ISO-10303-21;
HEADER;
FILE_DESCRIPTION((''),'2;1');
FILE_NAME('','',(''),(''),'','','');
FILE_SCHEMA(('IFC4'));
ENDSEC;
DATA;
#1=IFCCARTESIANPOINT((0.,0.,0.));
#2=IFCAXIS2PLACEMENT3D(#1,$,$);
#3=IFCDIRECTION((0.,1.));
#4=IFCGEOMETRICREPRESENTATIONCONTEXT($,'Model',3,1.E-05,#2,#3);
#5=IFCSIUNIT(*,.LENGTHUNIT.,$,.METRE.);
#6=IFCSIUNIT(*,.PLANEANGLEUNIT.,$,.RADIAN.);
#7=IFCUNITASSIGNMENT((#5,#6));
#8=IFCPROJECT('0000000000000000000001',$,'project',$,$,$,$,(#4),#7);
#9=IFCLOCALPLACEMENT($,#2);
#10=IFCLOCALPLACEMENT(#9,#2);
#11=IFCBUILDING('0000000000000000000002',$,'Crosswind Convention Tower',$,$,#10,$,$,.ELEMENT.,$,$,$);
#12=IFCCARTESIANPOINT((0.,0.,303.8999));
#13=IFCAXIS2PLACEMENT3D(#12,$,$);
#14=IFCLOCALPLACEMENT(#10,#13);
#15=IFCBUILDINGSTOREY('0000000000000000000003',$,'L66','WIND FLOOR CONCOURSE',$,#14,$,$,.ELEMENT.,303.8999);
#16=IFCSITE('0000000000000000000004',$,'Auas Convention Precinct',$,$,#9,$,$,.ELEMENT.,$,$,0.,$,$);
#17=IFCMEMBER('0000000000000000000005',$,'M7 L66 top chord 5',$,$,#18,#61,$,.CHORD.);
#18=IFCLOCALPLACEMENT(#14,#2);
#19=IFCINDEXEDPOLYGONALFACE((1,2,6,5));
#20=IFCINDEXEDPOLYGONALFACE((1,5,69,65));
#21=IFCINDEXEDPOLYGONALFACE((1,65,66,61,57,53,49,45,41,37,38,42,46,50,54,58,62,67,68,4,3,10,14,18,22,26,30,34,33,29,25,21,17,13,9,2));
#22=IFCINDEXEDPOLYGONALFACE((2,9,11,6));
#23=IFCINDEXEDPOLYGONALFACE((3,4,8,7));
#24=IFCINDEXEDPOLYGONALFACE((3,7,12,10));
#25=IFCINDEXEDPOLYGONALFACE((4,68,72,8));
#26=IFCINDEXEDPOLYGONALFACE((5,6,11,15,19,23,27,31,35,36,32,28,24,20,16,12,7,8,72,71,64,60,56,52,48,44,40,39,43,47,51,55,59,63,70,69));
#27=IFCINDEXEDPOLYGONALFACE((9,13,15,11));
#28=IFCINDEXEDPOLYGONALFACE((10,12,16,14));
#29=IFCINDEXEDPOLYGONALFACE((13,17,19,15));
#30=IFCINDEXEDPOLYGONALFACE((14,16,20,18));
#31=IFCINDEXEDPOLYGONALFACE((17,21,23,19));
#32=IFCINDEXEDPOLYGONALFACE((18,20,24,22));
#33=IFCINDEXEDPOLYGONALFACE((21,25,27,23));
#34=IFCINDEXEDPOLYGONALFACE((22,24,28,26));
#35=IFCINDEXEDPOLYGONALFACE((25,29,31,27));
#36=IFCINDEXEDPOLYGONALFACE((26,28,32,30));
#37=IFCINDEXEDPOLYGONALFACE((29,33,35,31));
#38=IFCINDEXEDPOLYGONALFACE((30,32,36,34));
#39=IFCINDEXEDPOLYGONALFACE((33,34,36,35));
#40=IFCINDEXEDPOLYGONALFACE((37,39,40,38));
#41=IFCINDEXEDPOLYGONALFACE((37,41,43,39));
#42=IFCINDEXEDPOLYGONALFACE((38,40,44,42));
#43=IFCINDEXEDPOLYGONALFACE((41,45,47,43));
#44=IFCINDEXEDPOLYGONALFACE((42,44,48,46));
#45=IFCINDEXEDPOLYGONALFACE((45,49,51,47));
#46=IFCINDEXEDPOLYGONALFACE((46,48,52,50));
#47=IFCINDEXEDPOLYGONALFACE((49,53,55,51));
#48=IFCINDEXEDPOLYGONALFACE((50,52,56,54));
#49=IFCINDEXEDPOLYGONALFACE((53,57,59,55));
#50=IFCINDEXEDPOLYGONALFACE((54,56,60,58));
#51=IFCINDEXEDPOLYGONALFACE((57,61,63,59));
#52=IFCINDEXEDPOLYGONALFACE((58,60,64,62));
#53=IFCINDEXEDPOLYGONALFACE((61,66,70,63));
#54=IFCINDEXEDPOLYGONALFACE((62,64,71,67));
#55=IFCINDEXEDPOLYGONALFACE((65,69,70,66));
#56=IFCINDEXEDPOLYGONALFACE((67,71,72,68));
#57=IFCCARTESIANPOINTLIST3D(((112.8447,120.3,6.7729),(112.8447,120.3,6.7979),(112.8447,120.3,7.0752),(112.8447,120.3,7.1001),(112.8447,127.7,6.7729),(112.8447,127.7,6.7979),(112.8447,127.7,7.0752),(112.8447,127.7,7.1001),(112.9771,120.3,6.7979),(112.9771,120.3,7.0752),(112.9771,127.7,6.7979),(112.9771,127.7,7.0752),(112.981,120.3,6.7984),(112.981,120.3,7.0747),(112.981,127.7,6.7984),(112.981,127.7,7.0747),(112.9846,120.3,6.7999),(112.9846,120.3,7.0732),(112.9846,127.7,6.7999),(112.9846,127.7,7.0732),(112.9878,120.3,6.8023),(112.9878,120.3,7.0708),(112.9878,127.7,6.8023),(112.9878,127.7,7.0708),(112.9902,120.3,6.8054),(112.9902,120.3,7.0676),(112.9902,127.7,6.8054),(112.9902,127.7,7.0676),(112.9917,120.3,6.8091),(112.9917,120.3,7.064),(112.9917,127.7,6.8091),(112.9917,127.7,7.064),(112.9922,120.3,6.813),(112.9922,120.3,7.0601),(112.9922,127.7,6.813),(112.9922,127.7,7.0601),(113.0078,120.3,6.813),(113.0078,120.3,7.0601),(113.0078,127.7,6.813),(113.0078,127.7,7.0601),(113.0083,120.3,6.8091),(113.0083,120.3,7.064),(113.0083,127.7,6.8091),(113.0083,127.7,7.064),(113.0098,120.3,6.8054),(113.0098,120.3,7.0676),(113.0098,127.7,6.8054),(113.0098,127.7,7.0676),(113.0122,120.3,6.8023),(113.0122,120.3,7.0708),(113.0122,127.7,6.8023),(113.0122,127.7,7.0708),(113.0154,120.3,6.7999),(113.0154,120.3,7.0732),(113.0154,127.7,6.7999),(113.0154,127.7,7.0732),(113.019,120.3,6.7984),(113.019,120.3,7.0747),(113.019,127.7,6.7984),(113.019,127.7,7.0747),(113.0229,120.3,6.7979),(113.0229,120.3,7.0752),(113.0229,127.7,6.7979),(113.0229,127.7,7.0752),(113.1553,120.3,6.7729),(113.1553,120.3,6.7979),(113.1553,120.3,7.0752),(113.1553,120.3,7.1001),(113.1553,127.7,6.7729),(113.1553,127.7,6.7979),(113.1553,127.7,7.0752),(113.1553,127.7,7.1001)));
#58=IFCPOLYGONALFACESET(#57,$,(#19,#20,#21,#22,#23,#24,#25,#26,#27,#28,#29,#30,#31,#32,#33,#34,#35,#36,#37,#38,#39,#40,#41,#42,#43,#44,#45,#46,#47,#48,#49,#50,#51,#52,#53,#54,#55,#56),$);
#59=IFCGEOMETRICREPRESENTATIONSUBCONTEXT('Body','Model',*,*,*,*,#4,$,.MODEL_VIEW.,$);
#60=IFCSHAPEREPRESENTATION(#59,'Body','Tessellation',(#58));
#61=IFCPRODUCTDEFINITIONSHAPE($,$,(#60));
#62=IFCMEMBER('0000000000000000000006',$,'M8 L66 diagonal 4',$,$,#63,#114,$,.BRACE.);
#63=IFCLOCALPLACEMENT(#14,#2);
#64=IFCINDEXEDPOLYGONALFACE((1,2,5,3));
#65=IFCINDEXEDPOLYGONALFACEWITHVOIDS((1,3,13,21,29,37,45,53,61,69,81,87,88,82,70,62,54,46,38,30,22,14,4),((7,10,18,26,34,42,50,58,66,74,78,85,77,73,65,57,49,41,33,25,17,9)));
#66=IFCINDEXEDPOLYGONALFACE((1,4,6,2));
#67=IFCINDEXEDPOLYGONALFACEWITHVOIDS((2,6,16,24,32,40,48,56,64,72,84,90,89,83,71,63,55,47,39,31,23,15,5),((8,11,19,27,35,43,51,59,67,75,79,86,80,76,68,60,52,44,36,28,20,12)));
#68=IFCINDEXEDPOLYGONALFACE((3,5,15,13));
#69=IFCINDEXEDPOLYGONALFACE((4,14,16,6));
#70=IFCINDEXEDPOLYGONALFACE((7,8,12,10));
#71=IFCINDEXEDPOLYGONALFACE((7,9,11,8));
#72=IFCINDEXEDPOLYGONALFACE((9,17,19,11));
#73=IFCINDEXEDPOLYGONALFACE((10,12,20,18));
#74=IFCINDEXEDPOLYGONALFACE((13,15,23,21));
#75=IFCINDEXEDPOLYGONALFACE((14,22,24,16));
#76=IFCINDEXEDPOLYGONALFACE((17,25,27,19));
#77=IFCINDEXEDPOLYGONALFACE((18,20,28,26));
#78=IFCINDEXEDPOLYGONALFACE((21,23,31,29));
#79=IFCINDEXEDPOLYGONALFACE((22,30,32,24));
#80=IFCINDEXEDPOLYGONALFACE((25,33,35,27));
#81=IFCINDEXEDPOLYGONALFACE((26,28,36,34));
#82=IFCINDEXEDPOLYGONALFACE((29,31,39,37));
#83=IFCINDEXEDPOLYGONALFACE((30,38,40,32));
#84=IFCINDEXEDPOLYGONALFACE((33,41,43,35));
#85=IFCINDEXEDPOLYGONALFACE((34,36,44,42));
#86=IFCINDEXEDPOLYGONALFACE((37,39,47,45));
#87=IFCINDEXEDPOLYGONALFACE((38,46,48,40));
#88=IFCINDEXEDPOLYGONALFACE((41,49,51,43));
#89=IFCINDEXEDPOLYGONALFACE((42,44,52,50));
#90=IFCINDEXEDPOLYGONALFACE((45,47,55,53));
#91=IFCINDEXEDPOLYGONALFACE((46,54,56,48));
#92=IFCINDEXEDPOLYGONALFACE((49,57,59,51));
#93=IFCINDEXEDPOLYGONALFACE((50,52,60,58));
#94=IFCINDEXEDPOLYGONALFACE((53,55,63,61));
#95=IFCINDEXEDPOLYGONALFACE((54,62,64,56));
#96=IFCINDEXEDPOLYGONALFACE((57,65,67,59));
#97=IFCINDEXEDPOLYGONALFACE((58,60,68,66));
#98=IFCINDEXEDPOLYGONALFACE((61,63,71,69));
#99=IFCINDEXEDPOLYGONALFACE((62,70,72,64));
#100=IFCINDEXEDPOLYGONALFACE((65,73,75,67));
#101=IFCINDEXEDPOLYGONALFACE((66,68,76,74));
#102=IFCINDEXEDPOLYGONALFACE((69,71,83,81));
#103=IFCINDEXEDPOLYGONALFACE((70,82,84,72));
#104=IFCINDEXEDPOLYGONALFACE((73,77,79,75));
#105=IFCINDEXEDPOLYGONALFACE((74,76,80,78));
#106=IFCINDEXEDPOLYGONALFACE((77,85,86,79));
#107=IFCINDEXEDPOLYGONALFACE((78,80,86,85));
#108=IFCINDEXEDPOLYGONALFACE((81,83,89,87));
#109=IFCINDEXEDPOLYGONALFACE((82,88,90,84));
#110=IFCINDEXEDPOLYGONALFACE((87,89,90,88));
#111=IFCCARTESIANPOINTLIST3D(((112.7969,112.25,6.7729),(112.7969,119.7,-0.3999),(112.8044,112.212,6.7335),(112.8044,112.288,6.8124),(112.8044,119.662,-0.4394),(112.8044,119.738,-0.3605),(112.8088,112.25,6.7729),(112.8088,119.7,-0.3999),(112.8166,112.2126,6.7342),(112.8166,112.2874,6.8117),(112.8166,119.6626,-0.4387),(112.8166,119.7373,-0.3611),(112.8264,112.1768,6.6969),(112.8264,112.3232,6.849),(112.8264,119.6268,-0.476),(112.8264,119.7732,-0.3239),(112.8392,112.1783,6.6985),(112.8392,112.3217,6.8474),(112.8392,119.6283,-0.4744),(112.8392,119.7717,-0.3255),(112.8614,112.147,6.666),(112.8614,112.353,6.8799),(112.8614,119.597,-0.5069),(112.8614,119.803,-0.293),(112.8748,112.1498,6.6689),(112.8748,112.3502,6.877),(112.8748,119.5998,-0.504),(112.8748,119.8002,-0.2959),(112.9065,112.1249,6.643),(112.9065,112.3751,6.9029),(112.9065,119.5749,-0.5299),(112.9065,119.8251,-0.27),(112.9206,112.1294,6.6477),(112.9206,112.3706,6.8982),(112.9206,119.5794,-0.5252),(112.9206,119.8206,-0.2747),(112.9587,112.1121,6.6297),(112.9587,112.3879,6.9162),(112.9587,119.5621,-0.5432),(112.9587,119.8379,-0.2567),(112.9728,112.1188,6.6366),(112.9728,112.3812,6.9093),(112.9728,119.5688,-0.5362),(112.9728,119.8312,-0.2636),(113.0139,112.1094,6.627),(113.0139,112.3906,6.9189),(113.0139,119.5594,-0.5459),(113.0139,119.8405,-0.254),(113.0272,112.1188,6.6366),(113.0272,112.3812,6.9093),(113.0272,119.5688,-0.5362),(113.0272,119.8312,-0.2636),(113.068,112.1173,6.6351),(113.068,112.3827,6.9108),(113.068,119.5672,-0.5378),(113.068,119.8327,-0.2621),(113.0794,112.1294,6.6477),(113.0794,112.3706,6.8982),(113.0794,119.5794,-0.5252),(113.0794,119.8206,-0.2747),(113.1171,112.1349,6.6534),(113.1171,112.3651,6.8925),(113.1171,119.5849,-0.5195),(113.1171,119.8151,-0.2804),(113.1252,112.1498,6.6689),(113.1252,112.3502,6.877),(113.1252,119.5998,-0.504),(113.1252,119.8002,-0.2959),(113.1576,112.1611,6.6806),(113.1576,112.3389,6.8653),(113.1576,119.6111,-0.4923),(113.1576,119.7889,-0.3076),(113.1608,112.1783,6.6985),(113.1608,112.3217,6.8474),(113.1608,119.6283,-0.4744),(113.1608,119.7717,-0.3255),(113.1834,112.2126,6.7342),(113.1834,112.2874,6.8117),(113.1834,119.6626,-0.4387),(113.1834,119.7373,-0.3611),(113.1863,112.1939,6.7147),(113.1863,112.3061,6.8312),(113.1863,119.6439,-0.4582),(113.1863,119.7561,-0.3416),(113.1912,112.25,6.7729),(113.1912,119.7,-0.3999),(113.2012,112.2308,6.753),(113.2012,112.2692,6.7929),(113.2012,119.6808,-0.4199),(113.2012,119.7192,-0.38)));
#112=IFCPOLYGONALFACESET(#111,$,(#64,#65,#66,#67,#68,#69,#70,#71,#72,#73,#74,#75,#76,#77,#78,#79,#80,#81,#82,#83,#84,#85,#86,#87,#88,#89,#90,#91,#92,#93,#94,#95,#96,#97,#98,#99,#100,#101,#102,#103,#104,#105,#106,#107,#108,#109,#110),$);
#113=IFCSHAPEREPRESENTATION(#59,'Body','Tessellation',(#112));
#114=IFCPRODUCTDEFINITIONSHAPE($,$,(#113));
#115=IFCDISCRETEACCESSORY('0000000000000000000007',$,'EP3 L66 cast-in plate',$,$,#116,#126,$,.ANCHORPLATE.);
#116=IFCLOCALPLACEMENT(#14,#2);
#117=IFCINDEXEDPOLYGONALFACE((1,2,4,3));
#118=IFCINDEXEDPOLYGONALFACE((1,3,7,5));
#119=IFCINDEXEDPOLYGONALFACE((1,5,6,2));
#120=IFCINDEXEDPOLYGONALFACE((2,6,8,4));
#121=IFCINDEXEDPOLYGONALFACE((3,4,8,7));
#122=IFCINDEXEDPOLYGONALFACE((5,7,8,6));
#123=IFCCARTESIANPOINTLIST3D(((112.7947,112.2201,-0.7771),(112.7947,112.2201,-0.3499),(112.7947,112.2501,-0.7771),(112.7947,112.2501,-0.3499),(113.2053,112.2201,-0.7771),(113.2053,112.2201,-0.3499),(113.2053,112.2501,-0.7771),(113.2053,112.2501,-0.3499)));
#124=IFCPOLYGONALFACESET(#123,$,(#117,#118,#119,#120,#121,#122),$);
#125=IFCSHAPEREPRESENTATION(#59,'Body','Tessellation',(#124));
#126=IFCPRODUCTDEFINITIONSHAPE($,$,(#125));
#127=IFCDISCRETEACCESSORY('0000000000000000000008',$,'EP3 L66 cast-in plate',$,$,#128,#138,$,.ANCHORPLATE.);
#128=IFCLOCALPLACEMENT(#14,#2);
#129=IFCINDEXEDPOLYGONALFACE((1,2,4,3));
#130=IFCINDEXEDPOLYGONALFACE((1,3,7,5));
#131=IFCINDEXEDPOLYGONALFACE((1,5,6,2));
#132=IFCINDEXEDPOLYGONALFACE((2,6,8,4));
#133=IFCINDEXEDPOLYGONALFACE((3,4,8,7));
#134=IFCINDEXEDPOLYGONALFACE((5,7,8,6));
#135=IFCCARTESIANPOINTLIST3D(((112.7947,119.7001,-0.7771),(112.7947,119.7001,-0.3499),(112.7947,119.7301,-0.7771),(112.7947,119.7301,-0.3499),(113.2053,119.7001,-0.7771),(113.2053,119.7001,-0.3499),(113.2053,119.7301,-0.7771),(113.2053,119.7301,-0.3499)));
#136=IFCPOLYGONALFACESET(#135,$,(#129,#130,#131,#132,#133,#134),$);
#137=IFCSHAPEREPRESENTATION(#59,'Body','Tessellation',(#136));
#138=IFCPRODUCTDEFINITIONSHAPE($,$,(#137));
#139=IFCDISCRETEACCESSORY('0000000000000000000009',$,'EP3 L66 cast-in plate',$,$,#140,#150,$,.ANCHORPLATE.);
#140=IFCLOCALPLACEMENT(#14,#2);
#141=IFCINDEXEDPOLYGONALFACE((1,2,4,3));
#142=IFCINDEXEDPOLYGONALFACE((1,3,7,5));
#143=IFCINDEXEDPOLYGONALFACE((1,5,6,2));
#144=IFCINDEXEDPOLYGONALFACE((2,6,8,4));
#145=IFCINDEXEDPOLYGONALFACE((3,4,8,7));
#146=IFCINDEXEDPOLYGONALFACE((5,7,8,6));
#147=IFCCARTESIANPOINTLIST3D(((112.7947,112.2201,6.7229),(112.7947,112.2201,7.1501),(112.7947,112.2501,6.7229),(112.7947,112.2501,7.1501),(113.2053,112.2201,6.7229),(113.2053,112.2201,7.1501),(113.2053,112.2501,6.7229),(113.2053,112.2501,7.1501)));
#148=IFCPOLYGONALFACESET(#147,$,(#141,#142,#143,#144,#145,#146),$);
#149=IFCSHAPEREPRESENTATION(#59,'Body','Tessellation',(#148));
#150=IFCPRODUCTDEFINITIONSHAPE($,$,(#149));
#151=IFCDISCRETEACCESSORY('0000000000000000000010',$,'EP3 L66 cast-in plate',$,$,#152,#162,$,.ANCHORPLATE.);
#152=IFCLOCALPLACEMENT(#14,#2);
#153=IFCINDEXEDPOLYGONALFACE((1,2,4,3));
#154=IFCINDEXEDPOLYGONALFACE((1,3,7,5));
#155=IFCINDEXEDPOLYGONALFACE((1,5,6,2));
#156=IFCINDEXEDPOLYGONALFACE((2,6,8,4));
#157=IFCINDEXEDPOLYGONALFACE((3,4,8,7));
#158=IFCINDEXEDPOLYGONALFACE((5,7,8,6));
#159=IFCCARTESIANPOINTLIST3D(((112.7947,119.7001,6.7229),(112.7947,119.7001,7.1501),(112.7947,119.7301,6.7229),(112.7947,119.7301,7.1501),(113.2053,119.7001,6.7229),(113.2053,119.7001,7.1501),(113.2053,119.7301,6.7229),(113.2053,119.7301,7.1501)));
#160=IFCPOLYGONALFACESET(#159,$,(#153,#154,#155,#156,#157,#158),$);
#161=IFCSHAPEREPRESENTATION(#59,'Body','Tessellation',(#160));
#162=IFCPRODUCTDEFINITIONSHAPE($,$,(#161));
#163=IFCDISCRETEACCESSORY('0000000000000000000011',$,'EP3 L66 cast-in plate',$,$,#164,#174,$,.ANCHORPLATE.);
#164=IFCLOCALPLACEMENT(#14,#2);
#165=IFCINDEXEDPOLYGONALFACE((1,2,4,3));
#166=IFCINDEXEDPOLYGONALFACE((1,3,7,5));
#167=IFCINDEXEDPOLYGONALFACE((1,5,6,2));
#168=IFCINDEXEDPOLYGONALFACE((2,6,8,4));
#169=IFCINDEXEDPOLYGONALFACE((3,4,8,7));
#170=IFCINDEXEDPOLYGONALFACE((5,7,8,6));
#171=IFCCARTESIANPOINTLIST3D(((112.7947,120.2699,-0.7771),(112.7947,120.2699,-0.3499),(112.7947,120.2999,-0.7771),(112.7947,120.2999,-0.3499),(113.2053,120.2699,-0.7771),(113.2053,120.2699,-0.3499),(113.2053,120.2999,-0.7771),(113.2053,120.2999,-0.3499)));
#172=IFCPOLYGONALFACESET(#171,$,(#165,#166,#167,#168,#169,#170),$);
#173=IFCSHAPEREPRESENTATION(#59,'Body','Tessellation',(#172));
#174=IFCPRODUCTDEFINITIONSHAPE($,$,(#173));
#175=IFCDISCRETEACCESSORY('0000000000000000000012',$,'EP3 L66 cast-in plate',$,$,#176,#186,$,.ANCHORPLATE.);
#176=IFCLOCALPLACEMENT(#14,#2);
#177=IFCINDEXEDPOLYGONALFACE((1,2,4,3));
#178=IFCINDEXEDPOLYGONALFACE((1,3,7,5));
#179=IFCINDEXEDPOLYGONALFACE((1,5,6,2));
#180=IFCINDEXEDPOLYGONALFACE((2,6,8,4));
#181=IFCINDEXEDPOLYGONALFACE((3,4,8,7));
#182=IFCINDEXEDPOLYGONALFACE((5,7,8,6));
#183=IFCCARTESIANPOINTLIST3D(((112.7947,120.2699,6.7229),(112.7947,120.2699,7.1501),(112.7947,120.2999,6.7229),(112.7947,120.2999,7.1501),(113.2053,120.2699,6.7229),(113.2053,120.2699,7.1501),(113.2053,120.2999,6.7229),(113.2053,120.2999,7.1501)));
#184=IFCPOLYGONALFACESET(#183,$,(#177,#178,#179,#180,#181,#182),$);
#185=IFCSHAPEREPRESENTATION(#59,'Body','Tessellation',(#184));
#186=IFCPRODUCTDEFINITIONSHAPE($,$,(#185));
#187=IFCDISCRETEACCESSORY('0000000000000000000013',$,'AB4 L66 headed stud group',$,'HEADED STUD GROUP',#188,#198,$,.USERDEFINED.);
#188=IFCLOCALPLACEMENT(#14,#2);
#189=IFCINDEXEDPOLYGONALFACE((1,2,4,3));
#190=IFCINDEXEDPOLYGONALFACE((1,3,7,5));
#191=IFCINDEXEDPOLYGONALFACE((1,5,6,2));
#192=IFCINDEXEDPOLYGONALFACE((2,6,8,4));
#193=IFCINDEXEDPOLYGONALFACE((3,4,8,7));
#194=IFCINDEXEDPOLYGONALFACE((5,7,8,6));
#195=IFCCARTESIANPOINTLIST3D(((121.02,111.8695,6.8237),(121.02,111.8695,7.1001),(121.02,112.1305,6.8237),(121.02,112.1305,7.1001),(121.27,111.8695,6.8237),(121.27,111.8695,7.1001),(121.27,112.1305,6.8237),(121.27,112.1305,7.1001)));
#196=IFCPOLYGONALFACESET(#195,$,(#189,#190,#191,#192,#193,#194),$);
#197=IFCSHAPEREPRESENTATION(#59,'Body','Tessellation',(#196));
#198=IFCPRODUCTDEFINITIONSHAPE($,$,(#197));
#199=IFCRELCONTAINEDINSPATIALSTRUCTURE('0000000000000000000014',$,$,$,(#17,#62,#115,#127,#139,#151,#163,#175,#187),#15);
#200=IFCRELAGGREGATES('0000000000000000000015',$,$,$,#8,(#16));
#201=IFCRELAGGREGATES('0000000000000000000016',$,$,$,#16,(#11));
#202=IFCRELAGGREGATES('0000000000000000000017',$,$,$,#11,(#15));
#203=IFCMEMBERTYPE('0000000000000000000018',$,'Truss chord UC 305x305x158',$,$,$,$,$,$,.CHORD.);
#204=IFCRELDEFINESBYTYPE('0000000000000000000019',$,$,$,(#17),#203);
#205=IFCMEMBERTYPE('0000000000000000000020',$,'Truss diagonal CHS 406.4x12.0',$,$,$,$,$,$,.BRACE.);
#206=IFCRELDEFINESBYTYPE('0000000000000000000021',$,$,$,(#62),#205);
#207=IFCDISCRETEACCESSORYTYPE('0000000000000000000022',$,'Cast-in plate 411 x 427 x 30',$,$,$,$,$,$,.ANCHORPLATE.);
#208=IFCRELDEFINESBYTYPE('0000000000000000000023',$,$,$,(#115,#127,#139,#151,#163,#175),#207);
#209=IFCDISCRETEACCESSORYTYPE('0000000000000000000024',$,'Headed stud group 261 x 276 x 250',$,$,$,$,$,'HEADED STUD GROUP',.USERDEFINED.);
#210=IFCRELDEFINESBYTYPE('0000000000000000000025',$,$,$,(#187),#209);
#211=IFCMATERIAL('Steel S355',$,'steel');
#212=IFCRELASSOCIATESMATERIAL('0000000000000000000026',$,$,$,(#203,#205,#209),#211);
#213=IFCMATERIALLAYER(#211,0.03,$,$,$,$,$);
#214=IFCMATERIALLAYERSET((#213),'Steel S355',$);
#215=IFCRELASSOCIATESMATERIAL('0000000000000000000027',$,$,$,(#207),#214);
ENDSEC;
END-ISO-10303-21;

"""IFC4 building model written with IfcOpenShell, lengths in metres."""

from ifc_helpers import new_model, si_unit, direction, frame, origin, origin_2d, place, context, subcontext, project, spatial, rectangle, hollow_circle, i_section, extrude, material, layer, layer_set, material_profile, profile_set, type_object, element, save


model = new_model("IFC4")

# Units and contexts
model_context = context("Model", 3, precision=1e-05, world=origin(), true_north=direction((0.0, 1.0)))
body_context = subcontext(model_context, "Body", "Model", "MODEL_VIEW")
ifc_project = project(units=[si_unit("LENGTHUNIT", "METRE"), si_unit("PLANEANGLEUNIT", "RADIAN")], contexts=[model_context])

# Site, building, storey
site_placement = place(None, origin())
site = spatial("IfcSite", under=ifc_project, at=site_placement, Name="Auas Convention Precinct", CompositionType="ELEMENT", RefElevation=0.0)
building_placement = place(site_placement, origin())
building = spatial("IfcBuilding", under=site, at=building_placement, Name="Crosswind Convention Tower", CompositionType="ELEMENT")
storey_placement = place(building_placement, frame((0.0, 0.0, 303.8999)))
storey = spatial("IfcBuildingStorey", under=building, at=storey_placement, Name="L66", Description="WIND FLOOR CONCOURSE", CompositionType="ELEMENT", Elevation=303.8999)

# Shared definitions
ifc_material_1 = material(Name="Steel S355", Category="steel")

# Members
ifc_material_profile_1 = material_profile(ifc_material_1, i_section(OverallWidth=0.3105, OverallDepth=0.3271, WebThickness=0.0156, FlangeThickness=0.0249, FilletRadius=0.0151, at=origin_2d()), Name="UC 305x305x158")
ifc_profile_set_1 = profile_set([ifc_material_profile_1], Name="Steel S355")
member_type_1 = type_object("IfcMemberType", Name="Truss chord UC 305x305x158", PredefinedType="CHORD", material=ifc_profile_set_1)
for number, where, z_axis, x_axis, name in (
    (1, (113.0, 120.3, 6.9365), (0.0, 1.0, 0.0), (-1.0, 0.0, 0.0), "M7 L66 top chord 5"),
):
    element("IfcMember", number, at=place(storey_placement, frame(where, z_axis=z_axis, x_axis=x_axis)), inside=storey, type_object=member_type_1, Name=name, PredefinedType="CHORD", context=body_context, shape_type="SweptSolid", body=[
        extrude(i_section(OverallWidth=0.3105, OverallDepth=0.3271, WebThickness=0.0156, FlangeThickness=0.0249, FilletRadius=0.0151, at=origin_2d()), origin(), (0.0, 0.0, 1.0), 7.3999),
    ])
ifc_material_profile_2 = material_profile(ifc_material_1, hollow_circle(Radius=0.2031, WallThickness=0.012, at=origin_2d()), Name="CHS 406.4x12.0")
ifc_profile_set_2 = profile_set([ifc_material_profile_2], Name="Steel S355")
member_type_2 = type_object("IfcMemberType", Name="Truss diagonal CHS 406.4x12.0", PredefinedType="BRACE", material=ifc_profile_set_2)
member_placement = place(storey_placement, frame((113.0, 112.25, 6.7729), z_axis=(0.0, 0.720377, -0.693583), x_axis=(-1.0, 0.0, 0.0)))
element("IfcMember", 2, at=member_placement, inside=storey, type_object=member_type_2, Name="M8 L66 diagonal 4", PredefinedType="BRACE", context=body_context, shape_type="SweptSolid", body=[
    extrude(hollow_circle(Radius=0.2031, WallThickness=0.012, at=origin_2d()), origin(), (0.0, 0.0, 1.0), 10.3418),
])

# Discrete accessories
ifc_layer = layer(ifc_material_1, 0.03)
ifc_layer_set = layer_set([ifc_layer], Name="Steel S355")
discrete_accessory_type_1 = type_object("IfcDiscreteAccessoryType", Name="Cast-in plate 411 x 427 x 30", PredefinedType="ANCHORPLATE", material=ifc_layer_set)
for number, where, z_axis, x_axis, name in (
    (3, (113.0, 112.2351, -0.7771), (0.0, 0.0, 1.0), (1.0, 0.0, 0.0), "EP3 L66 cast-in plate"),
    (4, (113.0, 119.7151, -0.7771), (0.0, 0.0, 1.0), (1.0, 0.0, 0.0), "EP3 L66 cast-in plate"),
    (5, (113.0, 112.2351, 6.7229), (0.0, 0.0, 1.0), (1.0, 0.0, 0.0), "EP3 L66 cast-in plate"),
    (6, (113.0, 119.7151, 6.7229), (0.0, 0.0, 1.0), (1.0, 0.0, 0.0), "EP3 L66 cast-in plate"),
    (7, (113.0, 120.2849, -0.7771), (0.0, 0.0, 1.0), (1.0, 0.0, 0.0), "EP3 L66 cast-in plate"),
    (8, (113.0, 120.2849, 6.7229), (0.0, 0.0, 1.0), (1.0, 0.0, 0.0), "EP3 L66 cast-in plate"),
):
    element("IfcDiscreteAccessory", number, at=place(storey_placement, frame(where, z_axis=z_axis, x_axis=x_axis)), inside=storey, type_object=discrete_accessory_type_1, Name=name, PredefinedType="ANCHORPLATE", context=body_context, shape_type="SweptSolid", body=[
        extrude(rectangle(XDim=0.4106, YDim=0.03, at=origin_2d()), origin(), (0.0, 0.0, 1.0), 0.4272),
    ])
discrete_accessory_type_2 = type_object("IfcDiscreteAccessoryType", Name="Headed stud group 261 x 276 x 250", ElementType="HEADED STUD GROUP", PredefinedType="USERDEFINED", material=ifc_material_1)
discrete_accessory_placement = place(storey_placement, frame((121.145, 112.0, 6.8237), z_axis=(0.0, 0.0, 1.0), x_axis=(1.0, 0.0, 0.0)))
element("IfcDiscreteAccessory", 9, at=discrete_accessory_placement, inside=storey, type_object=discrete_accessory_type_2, Name="AB4 L66 headed stud group", ObjectType="HEADED STUD GROUP", PredefinedType="USERDEFINED", context=body_context, shape_type="SweptSolid", body=[
    extrude(rectangle(XDim=0.25, YDim=0.261, at=origin_2d()), origin(), (0.0, 0.0, 1.0), 0.2764),
])

save(model, "model.ifc")
